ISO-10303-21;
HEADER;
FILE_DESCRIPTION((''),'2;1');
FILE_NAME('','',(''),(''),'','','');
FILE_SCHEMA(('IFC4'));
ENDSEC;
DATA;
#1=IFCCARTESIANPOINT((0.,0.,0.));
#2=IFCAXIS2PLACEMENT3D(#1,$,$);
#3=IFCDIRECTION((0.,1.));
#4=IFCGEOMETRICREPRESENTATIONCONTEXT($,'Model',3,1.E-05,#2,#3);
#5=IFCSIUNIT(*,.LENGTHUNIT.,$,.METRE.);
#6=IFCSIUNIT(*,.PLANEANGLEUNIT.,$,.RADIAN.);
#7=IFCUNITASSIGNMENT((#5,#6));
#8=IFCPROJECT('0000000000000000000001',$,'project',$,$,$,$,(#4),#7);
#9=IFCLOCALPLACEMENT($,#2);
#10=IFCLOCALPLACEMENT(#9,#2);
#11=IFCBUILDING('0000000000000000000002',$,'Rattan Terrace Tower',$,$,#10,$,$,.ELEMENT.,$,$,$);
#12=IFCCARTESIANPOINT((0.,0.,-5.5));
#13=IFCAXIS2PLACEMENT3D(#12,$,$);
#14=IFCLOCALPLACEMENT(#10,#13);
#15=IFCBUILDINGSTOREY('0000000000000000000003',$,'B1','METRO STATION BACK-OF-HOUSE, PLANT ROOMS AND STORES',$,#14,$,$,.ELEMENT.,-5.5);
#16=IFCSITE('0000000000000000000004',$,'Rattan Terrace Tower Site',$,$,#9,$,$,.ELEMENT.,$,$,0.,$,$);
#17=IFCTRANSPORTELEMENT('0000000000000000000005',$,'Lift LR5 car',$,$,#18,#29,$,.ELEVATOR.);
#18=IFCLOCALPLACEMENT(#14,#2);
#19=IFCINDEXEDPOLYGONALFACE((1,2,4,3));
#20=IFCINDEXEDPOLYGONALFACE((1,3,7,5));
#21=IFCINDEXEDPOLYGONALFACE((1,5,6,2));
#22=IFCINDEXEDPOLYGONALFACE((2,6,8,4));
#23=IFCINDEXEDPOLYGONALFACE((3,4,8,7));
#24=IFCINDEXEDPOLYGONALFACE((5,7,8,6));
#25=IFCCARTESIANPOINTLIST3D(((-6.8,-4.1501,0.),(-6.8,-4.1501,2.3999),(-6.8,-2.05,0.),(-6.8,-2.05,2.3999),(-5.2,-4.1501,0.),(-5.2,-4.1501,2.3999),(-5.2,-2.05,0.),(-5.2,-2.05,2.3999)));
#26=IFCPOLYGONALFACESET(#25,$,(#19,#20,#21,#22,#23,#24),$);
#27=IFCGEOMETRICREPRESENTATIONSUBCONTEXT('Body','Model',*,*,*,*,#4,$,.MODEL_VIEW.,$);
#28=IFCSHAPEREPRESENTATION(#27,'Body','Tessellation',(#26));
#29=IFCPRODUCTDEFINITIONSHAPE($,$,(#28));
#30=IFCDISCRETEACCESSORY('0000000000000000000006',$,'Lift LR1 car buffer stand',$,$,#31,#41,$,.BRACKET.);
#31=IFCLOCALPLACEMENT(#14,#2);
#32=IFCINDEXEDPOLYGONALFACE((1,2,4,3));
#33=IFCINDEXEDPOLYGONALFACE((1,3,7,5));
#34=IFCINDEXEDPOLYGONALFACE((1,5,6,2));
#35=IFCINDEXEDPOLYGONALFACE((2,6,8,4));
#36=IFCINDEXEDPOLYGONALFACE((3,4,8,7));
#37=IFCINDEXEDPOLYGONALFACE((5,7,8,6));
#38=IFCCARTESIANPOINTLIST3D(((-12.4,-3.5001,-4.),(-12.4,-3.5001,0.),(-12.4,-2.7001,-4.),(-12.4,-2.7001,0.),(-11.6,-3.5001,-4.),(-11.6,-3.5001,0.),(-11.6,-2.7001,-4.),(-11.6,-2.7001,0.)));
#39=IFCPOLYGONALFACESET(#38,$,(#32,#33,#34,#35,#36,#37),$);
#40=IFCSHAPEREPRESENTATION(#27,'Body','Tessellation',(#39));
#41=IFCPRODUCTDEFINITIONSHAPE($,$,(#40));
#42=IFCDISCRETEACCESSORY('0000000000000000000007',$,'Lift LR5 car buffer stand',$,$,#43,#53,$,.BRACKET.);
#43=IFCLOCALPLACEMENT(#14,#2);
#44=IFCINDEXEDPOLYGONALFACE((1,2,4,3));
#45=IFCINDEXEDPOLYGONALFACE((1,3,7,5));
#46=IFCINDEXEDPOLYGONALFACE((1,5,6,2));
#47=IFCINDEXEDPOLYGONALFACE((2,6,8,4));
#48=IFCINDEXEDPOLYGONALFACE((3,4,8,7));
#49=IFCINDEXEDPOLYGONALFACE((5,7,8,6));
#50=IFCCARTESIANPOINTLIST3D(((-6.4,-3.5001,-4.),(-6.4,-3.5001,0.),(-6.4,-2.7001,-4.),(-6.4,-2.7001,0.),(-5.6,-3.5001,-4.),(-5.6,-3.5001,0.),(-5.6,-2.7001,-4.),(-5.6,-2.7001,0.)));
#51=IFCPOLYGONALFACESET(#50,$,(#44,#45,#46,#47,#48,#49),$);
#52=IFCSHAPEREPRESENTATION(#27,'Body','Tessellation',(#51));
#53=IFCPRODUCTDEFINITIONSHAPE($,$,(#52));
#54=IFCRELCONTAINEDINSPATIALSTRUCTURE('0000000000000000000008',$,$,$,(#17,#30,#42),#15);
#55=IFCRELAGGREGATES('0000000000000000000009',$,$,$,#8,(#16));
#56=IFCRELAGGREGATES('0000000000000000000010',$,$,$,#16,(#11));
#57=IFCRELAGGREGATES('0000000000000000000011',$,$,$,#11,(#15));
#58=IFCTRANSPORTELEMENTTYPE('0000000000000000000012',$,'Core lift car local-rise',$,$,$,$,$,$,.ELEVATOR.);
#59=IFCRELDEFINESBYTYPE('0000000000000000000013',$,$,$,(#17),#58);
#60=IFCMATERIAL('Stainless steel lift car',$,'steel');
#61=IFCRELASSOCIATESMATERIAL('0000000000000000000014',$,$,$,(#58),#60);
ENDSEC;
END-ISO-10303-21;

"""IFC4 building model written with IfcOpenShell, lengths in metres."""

from ifc_helpers import new_model, si_unit, direction, frame, origin, origin_2d, place, context, subcontext, project, spatial, rectangle, extrude, material, type_object, element, save


model = new_model("IFC4")

# Units and contexts
model_context = context("Model", 3, precision=1e-05, world=origin(), true_north=direction((0.0, 1.0)))
body_context = subcontext(model_context, "Body", "Model", "MODEL_VIEW")
ifc_project = project(units=[si_unit("LENGTHUNIT", "METRE"), si_unit("PLANEANGLEUNIT", "RADIAN")], contexts=[model_context])

# Site, building, storey
site_placement = place(None, origin())
site = spatial("IfcSite", under=ifc_project, at=site_placement, Name="Rattan Terrace Tower Site", CompositionType="ELEMENT", RefElevation=0.0)
building_placement = place(site_placement, origin())
building = spatial("IfcBuilding", under=site, at=building_placement, Name="Rattan Terrace Tower", CompositionType="ELEMENT")
storey_placement = place(building_placement, frame((0.0, 0.0, -5.5)))
storey = spatial("IfcBuildingStorey", under=building, at=storey_placement, Name="B1", Description="METRO STATION BACK-OF-HOUSE, PLANT ROOMS AND STORES", CompositionType="ELEMENT", Elevation=-5.5)

# Transport element
ifc_material_1 = material(Name="Stainless steel lift car", Category="steel")
transport_element_type = type_object("IfcTransportElementType", Name="Core lift car local-rise", PredefinedType="ELEVATOR", material=ifc_material_1)
transport_element_placement = place(storey_placement, frame((-6.0, -3.1001, 0.0), z_axis=(0.0, 0.0, 1.0), x_axis=(1.0, 0.0, 0.0)))
element("IfcTransportElement", 1, at=transport_element_placement, inside=storey, type_object=transport_element_type, Name="Lift LR5 car", PredefinedType="ELEVATOR", context=body_context, shape_type="SweptSolid", body=[
    extrude(rectangle(XDim=1.6001, YDim=2.1001, at=origin_2d()), origin(), (0.0, 0.0, 1.0), 2.3999),
])

# Discrete accessories
for number, where, z_axis, x_axis, name in (
    (2, (-12.0, -3.1001, -4.0), (0.0, 0.0, 1.0), (1.0, 0.0, 0.0), "Lift LR1 car buffer stand"),
    (3, (-6.0, -3.1001, -4.0), (0.0, 0.0, 1.0), (1.0, 0.0, 0.0), "Lift LR5 car buffer stand"),
):
    element("IfcDiscreteAccessory", number, at=place(storey_placement, frame(where, z_axis=z_axis, x_axis=x_axis)), inside=storey, Name=name, PredefinedType="BRACKET", context=body_context, shape_type="SweptSolid", body=[
        extrude(rectangle(XDim=0.8, YDim=0.8, at=origin_2d()), origin(), (0.0, 0.0, 1.0), 4.0),
    ])

save(model, "model.ifc")
